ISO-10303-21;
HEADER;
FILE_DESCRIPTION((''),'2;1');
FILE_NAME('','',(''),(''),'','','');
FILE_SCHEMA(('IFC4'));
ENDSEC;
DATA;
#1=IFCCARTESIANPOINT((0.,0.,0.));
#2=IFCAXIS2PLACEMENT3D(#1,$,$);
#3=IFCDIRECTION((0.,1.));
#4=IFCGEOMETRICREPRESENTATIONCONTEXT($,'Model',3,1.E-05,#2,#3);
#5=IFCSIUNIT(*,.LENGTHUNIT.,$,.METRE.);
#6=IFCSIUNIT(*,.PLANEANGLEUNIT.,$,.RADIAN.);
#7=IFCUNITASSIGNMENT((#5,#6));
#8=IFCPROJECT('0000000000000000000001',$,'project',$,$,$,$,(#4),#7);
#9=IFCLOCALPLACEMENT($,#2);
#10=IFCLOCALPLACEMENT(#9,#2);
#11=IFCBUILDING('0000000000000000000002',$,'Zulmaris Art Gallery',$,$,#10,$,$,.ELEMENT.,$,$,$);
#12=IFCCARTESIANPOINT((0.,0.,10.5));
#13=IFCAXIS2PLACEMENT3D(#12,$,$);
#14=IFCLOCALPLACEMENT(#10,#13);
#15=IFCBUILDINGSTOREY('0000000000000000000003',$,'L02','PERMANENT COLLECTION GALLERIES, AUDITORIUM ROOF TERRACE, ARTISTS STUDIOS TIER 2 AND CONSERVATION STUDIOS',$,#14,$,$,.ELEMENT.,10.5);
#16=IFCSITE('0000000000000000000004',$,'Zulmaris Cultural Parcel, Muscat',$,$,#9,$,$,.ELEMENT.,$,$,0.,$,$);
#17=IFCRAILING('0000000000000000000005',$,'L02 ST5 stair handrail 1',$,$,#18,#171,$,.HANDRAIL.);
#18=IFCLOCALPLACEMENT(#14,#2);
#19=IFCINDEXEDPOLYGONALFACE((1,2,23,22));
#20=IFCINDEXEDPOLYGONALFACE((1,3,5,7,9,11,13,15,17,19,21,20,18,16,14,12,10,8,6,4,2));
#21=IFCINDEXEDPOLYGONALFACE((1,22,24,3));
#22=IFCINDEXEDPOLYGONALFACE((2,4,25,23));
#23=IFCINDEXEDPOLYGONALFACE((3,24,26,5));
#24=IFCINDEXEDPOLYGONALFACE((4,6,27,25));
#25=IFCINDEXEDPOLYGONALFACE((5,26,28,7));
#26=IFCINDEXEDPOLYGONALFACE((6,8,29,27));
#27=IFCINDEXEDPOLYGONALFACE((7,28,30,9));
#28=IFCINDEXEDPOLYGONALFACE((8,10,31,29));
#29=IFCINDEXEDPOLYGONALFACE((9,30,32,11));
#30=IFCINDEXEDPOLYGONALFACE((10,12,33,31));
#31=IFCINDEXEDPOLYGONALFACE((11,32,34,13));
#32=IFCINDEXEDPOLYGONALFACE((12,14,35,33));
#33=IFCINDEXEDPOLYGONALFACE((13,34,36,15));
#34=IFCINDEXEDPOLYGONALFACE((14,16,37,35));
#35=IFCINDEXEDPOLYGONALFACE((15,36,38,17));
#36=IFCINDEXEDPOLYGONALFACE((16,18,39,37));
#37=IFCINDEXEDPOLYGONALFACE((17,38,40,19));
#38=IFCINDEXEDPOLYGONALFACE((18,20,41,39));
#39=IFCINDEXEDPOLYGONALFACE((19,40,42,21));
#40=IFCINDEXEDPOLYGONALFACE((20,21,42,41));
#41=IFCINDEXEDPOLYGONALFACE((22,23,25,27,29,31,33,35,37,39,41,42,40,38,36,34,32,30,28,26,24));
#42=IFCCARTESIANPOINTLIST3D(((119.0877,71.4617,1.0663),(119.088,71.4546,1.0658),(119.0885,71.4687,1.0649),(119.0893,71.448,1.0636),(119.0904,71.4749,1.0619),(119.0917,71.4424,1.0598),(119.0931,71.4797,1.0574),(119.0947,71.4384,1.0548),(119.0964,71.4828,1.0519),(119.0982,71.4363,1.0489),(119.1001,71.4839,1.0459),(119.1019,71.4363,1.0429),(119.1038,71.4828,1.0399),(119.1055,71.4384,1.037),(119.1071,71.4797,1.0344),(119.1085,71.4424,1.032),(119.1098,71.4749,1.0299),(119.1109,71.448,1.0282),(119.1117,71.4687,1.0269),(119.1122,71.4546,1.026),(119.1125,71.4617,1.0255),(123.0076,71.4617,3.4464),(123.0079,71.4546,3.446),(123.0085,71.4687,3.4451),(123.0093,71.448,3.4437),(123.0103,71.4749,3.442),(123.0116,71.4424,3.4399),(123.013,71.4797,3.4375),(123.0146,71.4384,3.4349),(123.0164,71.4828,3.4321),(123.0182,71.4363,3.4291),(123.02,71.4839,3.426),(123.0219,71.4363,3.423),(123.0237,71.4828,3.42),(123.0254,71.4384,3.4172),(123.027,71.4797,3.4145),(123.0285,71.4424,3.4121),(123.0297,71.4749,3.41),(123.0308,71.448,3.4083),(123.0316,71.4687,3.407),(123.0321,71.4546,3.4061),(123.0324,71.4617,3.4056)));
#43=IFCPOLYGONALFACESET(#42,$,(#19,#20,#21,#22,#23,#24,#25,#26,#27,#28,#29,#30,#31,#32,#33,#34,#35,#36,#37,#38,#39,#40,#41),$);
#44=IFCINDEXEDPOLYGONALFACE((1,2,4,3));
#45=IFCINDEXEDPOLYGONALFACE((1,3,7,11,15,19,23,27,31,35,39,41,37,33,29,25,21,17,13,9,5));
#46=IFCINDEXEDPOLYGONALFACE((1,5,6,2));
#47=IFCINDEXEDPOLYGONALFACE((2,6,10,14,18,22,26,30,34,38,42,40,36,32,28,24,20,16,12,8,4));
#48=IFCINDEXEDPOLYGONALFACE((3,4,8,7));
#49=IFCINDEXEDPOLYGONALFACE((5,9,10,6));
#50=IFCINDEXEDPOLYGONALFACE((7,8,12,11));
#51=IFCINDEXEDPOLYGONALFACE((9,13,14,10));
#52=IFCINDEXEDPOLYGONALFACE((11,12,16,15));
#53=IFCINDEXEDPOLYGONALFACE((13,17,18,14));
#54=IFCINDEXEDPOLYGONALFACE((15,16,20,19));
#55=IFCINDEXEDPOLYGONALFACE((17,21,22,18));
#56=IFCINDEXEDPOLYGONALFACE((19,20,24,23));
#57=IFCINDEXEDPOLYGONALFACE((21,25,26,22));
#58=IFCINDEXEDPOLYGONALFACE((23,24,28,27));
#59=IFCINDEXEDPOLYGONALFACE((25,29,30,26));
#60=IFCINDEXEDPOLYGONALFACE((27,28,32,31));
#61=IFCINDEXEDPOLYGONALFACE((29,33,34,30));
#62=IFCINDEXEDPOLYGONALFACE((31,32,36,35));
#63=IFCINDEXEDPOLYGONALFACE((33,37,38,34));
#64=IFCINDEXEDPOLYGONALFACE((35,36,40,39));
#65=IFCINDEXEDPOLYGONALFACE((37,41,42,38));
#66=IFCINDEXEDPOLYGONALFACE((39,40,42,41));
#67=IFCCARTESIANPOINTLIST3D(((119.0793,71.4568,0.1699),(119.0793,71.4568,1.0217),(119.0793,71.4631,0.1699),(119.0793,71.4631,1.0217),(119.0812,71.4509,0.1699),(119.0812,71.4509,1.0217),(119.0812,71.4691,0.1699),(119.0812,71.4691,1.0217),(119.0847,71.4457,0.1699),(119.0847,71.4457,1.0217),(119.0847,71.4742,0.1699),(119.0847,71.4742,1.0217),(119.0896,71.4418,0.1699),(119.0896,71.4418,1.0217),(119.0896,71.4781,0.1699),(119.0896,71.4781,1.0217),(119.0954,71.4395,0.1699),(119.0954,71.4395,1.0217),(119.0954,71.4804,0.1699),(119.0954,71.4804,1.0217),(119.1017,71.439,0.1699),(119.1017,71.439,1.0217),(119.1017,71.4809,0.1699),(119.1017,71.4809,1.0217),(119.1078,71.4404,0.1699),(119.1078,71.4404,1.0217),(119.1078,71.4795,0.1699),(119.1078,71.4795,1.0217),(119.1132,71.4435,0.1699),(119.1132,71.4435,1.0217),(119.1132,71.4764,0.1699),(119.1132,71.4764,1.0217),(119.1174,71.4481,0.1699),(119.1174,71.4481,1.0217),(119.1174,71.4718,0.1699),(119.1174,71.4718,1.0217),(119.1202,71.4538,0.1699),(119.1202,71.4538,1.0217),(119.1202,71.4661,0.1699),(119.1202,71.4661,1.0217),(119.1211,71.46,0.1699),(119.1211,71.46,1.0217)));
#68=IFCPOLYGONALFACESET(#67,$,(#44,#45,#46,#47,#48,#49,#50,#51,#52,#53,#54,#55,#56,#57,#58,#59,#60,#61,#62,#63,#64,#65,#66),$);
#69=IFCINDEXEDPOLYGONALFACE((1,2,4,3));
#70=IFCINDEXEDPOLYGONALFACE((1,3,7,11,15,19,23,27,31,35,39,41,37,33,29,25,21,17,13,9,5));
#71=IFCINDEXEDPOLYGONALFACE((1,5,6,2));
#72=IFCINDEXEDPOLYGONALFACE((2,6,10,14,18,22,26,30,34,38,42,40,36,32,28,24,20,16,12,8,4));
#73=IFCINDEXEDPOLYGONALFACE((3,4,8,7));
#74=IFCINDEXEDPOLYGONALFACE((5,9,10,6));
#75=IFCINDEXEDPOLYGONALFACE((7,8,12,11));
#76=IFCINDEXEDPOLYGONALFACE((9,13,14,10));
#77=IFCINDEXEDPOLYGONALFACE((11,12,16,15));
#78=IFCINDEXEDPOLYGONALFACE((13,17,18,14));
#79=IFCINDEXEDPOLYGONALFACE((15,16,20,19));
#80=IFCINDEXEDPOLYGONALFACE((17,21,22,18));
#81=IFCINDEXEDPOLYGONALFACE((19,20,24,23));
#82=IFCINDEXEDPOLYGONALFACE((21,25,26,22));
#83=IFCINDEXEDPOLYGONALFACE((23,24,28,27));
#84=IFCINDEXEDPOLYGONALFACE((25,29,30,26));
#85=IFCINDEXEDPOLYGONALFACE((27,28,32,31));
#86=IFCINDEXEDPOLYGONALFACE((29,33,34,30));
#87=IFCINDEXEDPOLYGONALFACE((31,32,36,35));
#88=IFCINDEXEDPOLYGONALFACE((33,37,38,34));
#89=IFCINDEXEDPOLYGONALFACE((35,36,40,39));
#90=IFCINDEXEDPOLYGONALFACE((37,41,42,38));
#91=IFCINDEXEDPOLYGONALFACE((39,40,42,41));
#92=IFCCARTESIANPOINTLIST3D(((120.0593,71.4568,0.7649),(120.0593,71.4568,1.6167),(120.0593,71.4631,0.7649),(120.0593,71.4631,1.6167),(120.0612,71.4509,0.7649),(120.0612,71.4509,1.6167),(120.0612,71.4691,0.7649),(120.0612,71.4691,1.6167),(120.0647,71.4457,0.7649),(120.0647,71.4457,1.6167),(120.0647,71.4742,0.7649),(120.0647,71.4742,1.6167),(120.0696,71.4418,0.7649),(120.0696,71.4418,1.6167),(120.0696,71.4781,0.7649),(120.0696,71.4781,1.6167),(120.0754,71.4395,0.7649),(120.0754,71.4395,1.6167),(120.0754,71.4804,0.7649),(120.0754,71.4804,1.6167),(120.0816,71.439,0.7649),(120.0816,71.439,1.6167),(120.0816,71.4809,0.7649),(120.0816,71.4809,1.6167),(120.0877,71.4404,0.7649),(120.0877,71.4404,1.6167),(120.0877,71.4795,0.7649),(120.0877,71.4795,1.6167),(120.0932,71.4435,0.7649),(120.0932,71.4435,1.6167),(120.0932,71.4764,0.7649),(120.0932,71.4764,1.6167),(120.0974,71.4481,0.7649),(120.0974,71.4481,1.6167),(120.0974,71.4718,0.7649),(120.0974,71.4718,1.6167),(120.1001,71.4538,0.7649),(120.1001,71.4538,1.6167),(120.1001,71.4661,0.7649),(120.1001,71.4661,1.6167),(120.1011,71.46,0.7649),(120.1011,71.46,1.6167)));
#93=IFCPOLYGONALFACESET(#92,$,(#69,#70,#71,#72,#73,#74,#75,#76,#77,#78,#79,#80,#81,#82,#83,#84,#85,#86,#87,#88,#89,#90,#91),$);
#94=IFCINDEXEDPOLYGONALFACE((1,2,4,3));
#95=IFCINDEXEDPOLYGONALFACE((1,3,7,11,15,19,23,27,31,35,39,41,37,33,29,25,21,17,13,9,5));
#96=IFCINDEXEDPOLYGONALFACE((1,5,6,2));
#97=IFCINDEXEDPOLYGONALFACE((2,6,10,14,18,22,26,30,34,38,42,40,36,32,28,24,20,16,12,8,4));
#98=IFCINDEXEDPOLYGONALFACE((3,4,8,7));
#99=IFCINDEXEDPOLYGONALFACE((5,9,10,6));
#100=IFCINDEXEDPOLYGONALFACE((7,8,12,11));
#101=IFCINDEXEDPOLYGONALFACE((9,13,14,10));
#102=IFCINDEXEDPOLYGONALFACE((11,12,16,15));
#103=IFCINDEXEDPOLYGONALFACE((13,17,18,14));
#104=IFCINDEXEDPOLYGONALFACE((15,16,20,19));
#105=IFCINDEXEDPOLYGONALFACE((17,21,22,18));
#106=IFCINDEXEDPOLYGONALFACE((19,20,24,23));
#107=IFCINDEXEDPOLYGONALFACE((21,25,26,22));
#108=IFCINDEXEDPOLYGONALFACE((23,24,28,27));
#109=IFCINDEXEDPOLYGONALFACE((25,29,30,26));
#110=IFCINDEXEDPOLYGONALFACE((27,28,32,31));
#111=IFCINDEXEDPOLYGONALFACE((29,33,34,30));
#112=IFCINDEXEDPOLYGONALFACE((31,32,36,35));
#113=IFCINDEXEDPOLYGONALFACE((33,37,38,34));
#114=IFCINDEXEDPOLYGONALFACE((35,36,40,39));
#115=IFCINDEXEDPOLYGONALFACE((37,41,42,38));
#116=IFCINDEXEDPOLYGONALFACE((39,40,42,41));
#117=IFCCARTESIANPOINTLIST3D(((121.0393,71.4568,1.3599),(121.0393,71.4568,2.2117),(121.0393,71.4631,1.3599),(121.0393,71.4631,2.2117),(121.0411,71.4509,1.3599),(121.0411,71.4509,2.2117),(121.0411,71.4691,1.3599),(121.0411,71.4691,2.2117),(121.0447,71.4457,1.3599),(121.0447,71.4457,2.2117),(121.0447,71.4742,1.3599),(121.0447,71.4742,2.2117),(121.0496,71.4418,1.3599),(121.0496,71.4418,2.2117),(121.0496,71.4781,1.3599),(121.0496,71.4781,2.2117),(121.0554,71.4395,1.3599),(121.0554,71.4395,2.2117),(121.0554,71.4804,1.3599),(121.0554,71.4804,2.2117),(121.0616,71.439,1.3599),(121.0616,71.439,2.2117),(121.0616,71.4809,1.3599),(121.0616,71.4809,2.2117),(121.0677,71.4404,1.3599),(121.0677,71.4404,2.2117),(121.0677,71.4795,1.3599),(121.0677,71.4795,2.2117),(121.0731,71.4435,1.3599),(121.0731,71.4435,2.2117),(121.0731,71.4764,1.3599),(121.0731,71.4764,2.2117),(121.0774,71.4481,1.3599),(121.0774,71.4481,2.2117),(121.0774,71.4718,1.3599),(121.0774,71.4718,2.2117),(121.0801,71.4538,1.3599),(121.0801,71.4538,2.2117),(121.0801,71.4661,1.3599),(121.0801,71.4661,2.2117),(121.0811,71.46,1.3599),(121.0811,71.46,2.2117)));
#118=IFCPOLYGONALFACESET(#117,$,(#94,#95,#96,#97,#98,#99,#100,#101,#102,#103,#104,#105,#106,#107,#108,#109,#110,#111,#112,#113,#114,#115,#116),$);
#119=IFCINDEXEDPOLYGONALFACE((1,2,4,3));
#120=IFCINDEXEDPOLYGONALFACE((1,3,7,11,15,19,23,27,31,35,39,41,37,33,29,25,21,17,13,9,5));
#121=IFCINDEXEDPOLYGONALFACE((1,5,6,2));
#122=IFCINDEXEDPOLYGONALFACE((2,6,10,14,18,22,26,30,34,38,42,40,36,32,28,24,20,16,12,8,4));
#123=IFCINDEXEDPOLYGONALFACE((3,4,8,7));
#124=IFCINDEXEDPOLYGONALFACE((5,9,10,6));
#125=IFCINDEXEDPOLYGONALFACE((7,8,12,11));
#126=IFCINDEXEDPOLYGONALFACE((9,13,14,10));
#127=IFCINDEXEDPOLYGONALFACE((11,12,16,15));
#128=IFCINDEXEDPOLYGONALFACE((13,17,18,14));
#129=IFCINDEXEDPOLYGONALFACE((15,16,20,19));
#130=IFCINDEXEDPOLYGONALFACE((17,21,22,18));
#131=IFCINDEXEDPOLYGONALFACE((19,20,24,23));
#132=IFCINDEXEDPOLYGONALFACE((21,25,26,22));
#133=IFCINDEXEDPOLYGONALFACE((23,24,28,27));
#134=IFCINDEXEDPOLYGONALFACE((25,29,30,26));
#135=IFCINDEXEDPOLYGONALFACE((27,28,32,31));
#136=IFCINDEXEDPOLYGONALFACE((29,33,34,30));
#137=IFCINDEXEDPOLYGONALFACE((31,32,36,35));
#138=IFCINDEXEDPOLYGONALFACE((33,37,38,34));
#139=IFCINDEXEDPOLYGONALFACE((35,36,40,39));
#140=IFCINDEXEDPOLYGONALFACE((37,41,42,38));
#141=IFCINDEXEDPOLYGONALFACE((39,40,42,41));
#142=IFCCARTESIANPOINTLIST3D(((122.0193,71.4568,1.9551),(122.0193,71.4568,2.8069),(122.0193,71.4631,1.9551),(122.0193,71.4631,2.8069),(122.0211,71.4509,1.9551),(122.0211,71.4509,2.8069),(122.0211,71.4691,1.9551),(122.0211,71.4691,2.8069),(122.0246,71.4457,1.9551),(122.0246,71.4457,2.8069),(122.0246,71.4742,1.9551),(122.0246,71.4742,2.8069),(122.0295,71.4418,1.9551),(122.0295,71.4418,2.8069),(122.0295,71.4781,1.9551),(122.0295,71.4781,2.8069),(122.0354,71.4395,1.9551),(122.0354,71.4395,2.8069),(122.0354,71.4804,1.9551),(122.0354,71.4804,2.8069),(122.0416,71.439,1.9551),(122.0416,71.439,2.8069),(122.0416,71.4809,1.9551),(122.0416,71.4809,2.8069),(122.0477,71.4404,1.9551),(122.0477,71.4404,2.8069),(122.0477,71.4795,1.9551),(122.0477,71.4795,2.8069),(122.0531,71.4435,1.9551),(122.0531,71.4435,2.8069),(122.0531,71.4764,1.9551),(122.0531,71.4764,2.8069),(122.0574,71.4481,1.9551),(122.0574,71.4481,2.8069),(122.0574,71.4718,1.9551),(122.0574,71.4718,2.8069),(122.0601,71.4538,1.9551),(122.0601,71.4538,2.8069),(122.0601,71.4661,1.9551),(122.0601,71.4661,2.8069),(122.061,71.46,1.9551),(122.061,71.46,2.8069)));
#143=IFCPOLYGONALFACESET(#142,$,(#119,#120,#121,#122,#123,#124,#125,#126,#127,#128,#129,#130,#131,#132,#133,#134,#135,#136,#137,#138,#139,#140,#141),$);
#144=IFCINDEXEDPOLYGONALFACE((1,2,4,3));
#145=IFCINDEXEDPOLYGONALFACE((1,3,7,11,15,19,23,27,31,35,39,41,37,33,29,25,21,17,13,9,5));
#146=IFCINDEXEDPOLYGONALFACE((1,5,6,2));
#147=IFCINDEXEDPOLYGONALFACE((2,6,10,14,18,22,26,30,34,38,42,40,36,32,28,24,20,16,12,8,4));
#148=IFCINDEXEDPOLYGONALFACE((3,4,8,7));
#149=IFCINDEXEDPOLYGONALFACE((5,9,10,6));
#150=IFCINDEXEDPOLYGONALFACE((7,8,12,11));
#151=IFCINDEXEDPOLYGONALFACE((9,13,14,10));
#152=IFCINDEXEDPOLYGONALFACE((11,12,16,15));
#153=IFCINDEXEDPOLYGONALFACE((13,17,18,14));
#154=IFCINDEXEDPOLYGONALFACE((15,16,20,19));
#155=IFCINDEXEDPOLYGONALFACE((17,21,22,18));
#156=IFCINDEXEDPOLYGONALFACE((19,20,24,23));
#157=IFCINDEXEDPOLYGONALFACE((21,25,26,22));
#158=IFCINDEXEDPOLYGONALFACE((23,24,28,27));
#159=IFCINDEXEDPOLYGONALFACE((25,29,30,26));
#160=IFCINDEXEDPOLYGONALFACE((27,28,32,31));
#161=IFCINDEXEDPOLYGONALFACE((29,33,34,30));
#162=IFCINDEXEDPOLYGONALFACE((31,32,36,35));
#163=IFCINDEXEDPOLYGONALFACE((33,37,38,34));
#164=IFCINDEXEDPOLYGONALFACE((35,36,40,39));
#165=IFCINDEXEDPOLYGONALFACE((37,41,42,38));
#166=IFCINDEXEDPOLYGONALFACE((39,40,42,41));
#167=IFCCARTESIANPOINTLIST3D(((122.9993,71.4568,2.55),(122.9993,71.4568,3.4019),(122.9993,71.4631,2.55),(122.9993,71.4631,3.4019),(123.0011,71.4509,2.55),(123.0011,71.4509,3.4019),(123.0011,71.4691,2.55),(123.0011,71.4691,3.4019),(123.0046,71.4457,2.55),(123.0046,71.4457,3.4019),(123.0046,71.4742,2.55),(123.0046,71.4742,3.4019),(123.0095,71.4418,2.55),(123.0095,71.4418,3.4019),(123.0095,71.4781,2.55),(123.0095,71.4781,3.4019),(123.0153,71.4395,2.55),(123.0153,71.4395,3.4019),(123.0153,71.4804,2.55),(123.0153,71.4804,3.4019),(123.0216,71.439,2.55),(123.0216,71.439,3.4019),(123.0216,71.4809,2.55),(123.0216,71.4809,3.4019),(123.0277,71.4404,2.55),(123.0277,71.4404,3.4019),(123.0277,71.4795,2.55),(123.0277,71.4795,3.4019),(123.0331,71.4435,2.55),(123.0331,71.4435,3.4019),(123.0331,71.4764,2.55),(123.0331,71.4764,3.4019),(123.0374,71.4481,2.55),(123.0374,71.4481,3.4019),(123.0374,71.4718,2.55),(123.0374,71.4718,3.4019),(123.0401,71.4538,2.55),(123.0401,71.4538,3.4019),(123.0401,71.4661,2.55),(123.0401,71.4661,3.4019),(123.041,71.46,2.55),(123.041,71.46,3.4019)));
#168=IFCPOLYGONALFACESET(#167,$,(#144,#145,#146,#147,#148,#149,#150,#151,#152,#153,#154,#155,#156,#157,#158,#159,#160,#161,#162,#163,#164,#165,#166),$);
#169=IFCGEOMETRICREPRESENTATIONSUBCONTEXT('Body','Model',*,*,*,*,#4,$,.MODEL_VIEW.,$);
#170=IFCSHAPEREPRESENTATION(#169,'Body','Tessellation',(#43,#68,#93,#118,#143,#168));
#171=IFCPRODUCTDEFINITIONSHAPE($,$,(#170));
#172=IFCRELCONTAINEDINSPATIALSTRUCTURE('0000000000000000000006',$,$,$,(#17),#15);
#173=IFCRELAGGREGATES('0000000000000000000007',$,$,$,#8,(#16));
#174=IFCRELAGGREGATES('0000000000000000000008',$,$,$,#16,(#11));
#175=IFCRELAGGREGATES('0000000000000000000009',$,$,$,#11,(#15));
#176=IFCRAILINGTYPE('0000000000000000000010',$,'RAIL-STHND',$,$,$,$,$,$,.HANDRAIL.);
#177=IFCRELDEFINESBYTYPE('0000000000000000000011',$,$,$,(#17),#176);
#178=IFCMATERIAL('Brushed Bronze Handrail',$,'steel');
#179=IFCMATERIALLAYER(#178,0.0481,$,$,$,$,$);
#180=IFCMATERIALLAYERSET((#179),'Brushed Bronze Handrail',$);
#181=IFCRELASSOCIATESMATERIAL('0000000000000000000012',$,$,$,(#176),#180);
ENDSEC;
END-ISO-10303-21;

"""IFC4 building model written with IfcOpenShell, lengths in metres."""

from ifc_helpers import new_model, si_unit, direction, frame, origin, origin_2d, place, context, subcontext, project, spatial, circle, extrude, material, layer, layer_set, type_object, element, save


model = new_model("IFC4")

# Units and contexts
model_context = context("Model", 3, precision=1e-05, world=origin(), true_north=direction((0.0, 1.0)))
body_context = subcontext(model_context, "Body", "Model", "MODEL_VIEW")
ifc_project = project(units=[si_unit("LENGTHUNIT", "METRE"), si_unit("PLANEANGLEUNIT", "RADIAN")], contexts=[model_context])

# Site, building, storey
site_placement = place(None, origin())
site = spatial("IfcSite", under=ifc_project, at=site_placement, Name="Zulmaris Cultural Parcel, Muscat", CompositionType="ELEMENT", RefElevation=0.0)
building_placement = place(site_placement, origin())
building = spatial("IfcBuilding", under=site, at=building_placement, Name="Zulmaris Art Gallery", CompositionType="ELEMENT")
storey_placement = place(building_placement, frame((0.0, 0.0, 10.5)))
storey = spatial("IfcBuildingStorey", under=building, at=storey_placement, Name="L02", Description="PERMANENT COLLECTION GALLERIES, AUDITORIUM ROOF TERRACE, ARTISTS STUDIOS TIER 2 AND CONSERVATION STUDIOS", CompositionType="ELEMENT", Elevation=10.5)

# Railing
ifc_material_1 = material(Name="Brushed Bronze Handrail", Category="steel")
ifc_layer_1 = layer(ifc_material_1, 0.0481)
ifc_layer_set_1 = layer_set([ifc_layer_1], Name="Brushed Bronze Handrail")
railing_type_1 = type_object("IfcRailingType", Name="RAIL-STHND", PredefinedType="HANDRAIL", material=ifc_layer_set_1)
railing_1_placement = place(storey_placement, frame((119.1001, 71.46, 0.1699)))
element("IfcRailing", 1, at=railing_1_placement, inside=storey, type_object=railing_type_1, Name="L02 ST5 stair handrail 1", PredefinedType="HANDRAIL", context=body_context, shape_type="SweptSolid", body=[
    extrude(circle(Radius=0.0239, at=origin_2d()), frame((0.0, 0.0, 0.876), z_axis=(0.854771, 0.0, 0.519006), x_axis=(0.0, 1.0, 0.0)), (0.0, 0.0, 1.0), 4.5859),
    extrude(circle(Radius=0.021, at=origin_2d()), origin(), (0.0, 0.0, 1.0), 0.8518),
    extrude(circle(Radius=0.021, at=origin_2d()), frame((0.98, 0.0, 0.595)), (0.0, 0.0, 1.0), 0.8518),
    extrude(circle(Radius=0.021, at=origin_2d()), frame((1.96, 0.0, 1.1899)), (0.0, 0.0, 1.0), 0.8518),
    extrude(circle(Radius=0.021, at=origin_2d()), frame((2.9399, 0.0, 1.7852)), (0.0, 0.0, 1.0), 0.8518),
    extrude(circle(Radius=0.021, at=origin_2d()), frame((3.9199, 0.0, 2.3801)), (0.0, 0.0, 1.0), 0.8518),
])

save(model, "model.ifc")
